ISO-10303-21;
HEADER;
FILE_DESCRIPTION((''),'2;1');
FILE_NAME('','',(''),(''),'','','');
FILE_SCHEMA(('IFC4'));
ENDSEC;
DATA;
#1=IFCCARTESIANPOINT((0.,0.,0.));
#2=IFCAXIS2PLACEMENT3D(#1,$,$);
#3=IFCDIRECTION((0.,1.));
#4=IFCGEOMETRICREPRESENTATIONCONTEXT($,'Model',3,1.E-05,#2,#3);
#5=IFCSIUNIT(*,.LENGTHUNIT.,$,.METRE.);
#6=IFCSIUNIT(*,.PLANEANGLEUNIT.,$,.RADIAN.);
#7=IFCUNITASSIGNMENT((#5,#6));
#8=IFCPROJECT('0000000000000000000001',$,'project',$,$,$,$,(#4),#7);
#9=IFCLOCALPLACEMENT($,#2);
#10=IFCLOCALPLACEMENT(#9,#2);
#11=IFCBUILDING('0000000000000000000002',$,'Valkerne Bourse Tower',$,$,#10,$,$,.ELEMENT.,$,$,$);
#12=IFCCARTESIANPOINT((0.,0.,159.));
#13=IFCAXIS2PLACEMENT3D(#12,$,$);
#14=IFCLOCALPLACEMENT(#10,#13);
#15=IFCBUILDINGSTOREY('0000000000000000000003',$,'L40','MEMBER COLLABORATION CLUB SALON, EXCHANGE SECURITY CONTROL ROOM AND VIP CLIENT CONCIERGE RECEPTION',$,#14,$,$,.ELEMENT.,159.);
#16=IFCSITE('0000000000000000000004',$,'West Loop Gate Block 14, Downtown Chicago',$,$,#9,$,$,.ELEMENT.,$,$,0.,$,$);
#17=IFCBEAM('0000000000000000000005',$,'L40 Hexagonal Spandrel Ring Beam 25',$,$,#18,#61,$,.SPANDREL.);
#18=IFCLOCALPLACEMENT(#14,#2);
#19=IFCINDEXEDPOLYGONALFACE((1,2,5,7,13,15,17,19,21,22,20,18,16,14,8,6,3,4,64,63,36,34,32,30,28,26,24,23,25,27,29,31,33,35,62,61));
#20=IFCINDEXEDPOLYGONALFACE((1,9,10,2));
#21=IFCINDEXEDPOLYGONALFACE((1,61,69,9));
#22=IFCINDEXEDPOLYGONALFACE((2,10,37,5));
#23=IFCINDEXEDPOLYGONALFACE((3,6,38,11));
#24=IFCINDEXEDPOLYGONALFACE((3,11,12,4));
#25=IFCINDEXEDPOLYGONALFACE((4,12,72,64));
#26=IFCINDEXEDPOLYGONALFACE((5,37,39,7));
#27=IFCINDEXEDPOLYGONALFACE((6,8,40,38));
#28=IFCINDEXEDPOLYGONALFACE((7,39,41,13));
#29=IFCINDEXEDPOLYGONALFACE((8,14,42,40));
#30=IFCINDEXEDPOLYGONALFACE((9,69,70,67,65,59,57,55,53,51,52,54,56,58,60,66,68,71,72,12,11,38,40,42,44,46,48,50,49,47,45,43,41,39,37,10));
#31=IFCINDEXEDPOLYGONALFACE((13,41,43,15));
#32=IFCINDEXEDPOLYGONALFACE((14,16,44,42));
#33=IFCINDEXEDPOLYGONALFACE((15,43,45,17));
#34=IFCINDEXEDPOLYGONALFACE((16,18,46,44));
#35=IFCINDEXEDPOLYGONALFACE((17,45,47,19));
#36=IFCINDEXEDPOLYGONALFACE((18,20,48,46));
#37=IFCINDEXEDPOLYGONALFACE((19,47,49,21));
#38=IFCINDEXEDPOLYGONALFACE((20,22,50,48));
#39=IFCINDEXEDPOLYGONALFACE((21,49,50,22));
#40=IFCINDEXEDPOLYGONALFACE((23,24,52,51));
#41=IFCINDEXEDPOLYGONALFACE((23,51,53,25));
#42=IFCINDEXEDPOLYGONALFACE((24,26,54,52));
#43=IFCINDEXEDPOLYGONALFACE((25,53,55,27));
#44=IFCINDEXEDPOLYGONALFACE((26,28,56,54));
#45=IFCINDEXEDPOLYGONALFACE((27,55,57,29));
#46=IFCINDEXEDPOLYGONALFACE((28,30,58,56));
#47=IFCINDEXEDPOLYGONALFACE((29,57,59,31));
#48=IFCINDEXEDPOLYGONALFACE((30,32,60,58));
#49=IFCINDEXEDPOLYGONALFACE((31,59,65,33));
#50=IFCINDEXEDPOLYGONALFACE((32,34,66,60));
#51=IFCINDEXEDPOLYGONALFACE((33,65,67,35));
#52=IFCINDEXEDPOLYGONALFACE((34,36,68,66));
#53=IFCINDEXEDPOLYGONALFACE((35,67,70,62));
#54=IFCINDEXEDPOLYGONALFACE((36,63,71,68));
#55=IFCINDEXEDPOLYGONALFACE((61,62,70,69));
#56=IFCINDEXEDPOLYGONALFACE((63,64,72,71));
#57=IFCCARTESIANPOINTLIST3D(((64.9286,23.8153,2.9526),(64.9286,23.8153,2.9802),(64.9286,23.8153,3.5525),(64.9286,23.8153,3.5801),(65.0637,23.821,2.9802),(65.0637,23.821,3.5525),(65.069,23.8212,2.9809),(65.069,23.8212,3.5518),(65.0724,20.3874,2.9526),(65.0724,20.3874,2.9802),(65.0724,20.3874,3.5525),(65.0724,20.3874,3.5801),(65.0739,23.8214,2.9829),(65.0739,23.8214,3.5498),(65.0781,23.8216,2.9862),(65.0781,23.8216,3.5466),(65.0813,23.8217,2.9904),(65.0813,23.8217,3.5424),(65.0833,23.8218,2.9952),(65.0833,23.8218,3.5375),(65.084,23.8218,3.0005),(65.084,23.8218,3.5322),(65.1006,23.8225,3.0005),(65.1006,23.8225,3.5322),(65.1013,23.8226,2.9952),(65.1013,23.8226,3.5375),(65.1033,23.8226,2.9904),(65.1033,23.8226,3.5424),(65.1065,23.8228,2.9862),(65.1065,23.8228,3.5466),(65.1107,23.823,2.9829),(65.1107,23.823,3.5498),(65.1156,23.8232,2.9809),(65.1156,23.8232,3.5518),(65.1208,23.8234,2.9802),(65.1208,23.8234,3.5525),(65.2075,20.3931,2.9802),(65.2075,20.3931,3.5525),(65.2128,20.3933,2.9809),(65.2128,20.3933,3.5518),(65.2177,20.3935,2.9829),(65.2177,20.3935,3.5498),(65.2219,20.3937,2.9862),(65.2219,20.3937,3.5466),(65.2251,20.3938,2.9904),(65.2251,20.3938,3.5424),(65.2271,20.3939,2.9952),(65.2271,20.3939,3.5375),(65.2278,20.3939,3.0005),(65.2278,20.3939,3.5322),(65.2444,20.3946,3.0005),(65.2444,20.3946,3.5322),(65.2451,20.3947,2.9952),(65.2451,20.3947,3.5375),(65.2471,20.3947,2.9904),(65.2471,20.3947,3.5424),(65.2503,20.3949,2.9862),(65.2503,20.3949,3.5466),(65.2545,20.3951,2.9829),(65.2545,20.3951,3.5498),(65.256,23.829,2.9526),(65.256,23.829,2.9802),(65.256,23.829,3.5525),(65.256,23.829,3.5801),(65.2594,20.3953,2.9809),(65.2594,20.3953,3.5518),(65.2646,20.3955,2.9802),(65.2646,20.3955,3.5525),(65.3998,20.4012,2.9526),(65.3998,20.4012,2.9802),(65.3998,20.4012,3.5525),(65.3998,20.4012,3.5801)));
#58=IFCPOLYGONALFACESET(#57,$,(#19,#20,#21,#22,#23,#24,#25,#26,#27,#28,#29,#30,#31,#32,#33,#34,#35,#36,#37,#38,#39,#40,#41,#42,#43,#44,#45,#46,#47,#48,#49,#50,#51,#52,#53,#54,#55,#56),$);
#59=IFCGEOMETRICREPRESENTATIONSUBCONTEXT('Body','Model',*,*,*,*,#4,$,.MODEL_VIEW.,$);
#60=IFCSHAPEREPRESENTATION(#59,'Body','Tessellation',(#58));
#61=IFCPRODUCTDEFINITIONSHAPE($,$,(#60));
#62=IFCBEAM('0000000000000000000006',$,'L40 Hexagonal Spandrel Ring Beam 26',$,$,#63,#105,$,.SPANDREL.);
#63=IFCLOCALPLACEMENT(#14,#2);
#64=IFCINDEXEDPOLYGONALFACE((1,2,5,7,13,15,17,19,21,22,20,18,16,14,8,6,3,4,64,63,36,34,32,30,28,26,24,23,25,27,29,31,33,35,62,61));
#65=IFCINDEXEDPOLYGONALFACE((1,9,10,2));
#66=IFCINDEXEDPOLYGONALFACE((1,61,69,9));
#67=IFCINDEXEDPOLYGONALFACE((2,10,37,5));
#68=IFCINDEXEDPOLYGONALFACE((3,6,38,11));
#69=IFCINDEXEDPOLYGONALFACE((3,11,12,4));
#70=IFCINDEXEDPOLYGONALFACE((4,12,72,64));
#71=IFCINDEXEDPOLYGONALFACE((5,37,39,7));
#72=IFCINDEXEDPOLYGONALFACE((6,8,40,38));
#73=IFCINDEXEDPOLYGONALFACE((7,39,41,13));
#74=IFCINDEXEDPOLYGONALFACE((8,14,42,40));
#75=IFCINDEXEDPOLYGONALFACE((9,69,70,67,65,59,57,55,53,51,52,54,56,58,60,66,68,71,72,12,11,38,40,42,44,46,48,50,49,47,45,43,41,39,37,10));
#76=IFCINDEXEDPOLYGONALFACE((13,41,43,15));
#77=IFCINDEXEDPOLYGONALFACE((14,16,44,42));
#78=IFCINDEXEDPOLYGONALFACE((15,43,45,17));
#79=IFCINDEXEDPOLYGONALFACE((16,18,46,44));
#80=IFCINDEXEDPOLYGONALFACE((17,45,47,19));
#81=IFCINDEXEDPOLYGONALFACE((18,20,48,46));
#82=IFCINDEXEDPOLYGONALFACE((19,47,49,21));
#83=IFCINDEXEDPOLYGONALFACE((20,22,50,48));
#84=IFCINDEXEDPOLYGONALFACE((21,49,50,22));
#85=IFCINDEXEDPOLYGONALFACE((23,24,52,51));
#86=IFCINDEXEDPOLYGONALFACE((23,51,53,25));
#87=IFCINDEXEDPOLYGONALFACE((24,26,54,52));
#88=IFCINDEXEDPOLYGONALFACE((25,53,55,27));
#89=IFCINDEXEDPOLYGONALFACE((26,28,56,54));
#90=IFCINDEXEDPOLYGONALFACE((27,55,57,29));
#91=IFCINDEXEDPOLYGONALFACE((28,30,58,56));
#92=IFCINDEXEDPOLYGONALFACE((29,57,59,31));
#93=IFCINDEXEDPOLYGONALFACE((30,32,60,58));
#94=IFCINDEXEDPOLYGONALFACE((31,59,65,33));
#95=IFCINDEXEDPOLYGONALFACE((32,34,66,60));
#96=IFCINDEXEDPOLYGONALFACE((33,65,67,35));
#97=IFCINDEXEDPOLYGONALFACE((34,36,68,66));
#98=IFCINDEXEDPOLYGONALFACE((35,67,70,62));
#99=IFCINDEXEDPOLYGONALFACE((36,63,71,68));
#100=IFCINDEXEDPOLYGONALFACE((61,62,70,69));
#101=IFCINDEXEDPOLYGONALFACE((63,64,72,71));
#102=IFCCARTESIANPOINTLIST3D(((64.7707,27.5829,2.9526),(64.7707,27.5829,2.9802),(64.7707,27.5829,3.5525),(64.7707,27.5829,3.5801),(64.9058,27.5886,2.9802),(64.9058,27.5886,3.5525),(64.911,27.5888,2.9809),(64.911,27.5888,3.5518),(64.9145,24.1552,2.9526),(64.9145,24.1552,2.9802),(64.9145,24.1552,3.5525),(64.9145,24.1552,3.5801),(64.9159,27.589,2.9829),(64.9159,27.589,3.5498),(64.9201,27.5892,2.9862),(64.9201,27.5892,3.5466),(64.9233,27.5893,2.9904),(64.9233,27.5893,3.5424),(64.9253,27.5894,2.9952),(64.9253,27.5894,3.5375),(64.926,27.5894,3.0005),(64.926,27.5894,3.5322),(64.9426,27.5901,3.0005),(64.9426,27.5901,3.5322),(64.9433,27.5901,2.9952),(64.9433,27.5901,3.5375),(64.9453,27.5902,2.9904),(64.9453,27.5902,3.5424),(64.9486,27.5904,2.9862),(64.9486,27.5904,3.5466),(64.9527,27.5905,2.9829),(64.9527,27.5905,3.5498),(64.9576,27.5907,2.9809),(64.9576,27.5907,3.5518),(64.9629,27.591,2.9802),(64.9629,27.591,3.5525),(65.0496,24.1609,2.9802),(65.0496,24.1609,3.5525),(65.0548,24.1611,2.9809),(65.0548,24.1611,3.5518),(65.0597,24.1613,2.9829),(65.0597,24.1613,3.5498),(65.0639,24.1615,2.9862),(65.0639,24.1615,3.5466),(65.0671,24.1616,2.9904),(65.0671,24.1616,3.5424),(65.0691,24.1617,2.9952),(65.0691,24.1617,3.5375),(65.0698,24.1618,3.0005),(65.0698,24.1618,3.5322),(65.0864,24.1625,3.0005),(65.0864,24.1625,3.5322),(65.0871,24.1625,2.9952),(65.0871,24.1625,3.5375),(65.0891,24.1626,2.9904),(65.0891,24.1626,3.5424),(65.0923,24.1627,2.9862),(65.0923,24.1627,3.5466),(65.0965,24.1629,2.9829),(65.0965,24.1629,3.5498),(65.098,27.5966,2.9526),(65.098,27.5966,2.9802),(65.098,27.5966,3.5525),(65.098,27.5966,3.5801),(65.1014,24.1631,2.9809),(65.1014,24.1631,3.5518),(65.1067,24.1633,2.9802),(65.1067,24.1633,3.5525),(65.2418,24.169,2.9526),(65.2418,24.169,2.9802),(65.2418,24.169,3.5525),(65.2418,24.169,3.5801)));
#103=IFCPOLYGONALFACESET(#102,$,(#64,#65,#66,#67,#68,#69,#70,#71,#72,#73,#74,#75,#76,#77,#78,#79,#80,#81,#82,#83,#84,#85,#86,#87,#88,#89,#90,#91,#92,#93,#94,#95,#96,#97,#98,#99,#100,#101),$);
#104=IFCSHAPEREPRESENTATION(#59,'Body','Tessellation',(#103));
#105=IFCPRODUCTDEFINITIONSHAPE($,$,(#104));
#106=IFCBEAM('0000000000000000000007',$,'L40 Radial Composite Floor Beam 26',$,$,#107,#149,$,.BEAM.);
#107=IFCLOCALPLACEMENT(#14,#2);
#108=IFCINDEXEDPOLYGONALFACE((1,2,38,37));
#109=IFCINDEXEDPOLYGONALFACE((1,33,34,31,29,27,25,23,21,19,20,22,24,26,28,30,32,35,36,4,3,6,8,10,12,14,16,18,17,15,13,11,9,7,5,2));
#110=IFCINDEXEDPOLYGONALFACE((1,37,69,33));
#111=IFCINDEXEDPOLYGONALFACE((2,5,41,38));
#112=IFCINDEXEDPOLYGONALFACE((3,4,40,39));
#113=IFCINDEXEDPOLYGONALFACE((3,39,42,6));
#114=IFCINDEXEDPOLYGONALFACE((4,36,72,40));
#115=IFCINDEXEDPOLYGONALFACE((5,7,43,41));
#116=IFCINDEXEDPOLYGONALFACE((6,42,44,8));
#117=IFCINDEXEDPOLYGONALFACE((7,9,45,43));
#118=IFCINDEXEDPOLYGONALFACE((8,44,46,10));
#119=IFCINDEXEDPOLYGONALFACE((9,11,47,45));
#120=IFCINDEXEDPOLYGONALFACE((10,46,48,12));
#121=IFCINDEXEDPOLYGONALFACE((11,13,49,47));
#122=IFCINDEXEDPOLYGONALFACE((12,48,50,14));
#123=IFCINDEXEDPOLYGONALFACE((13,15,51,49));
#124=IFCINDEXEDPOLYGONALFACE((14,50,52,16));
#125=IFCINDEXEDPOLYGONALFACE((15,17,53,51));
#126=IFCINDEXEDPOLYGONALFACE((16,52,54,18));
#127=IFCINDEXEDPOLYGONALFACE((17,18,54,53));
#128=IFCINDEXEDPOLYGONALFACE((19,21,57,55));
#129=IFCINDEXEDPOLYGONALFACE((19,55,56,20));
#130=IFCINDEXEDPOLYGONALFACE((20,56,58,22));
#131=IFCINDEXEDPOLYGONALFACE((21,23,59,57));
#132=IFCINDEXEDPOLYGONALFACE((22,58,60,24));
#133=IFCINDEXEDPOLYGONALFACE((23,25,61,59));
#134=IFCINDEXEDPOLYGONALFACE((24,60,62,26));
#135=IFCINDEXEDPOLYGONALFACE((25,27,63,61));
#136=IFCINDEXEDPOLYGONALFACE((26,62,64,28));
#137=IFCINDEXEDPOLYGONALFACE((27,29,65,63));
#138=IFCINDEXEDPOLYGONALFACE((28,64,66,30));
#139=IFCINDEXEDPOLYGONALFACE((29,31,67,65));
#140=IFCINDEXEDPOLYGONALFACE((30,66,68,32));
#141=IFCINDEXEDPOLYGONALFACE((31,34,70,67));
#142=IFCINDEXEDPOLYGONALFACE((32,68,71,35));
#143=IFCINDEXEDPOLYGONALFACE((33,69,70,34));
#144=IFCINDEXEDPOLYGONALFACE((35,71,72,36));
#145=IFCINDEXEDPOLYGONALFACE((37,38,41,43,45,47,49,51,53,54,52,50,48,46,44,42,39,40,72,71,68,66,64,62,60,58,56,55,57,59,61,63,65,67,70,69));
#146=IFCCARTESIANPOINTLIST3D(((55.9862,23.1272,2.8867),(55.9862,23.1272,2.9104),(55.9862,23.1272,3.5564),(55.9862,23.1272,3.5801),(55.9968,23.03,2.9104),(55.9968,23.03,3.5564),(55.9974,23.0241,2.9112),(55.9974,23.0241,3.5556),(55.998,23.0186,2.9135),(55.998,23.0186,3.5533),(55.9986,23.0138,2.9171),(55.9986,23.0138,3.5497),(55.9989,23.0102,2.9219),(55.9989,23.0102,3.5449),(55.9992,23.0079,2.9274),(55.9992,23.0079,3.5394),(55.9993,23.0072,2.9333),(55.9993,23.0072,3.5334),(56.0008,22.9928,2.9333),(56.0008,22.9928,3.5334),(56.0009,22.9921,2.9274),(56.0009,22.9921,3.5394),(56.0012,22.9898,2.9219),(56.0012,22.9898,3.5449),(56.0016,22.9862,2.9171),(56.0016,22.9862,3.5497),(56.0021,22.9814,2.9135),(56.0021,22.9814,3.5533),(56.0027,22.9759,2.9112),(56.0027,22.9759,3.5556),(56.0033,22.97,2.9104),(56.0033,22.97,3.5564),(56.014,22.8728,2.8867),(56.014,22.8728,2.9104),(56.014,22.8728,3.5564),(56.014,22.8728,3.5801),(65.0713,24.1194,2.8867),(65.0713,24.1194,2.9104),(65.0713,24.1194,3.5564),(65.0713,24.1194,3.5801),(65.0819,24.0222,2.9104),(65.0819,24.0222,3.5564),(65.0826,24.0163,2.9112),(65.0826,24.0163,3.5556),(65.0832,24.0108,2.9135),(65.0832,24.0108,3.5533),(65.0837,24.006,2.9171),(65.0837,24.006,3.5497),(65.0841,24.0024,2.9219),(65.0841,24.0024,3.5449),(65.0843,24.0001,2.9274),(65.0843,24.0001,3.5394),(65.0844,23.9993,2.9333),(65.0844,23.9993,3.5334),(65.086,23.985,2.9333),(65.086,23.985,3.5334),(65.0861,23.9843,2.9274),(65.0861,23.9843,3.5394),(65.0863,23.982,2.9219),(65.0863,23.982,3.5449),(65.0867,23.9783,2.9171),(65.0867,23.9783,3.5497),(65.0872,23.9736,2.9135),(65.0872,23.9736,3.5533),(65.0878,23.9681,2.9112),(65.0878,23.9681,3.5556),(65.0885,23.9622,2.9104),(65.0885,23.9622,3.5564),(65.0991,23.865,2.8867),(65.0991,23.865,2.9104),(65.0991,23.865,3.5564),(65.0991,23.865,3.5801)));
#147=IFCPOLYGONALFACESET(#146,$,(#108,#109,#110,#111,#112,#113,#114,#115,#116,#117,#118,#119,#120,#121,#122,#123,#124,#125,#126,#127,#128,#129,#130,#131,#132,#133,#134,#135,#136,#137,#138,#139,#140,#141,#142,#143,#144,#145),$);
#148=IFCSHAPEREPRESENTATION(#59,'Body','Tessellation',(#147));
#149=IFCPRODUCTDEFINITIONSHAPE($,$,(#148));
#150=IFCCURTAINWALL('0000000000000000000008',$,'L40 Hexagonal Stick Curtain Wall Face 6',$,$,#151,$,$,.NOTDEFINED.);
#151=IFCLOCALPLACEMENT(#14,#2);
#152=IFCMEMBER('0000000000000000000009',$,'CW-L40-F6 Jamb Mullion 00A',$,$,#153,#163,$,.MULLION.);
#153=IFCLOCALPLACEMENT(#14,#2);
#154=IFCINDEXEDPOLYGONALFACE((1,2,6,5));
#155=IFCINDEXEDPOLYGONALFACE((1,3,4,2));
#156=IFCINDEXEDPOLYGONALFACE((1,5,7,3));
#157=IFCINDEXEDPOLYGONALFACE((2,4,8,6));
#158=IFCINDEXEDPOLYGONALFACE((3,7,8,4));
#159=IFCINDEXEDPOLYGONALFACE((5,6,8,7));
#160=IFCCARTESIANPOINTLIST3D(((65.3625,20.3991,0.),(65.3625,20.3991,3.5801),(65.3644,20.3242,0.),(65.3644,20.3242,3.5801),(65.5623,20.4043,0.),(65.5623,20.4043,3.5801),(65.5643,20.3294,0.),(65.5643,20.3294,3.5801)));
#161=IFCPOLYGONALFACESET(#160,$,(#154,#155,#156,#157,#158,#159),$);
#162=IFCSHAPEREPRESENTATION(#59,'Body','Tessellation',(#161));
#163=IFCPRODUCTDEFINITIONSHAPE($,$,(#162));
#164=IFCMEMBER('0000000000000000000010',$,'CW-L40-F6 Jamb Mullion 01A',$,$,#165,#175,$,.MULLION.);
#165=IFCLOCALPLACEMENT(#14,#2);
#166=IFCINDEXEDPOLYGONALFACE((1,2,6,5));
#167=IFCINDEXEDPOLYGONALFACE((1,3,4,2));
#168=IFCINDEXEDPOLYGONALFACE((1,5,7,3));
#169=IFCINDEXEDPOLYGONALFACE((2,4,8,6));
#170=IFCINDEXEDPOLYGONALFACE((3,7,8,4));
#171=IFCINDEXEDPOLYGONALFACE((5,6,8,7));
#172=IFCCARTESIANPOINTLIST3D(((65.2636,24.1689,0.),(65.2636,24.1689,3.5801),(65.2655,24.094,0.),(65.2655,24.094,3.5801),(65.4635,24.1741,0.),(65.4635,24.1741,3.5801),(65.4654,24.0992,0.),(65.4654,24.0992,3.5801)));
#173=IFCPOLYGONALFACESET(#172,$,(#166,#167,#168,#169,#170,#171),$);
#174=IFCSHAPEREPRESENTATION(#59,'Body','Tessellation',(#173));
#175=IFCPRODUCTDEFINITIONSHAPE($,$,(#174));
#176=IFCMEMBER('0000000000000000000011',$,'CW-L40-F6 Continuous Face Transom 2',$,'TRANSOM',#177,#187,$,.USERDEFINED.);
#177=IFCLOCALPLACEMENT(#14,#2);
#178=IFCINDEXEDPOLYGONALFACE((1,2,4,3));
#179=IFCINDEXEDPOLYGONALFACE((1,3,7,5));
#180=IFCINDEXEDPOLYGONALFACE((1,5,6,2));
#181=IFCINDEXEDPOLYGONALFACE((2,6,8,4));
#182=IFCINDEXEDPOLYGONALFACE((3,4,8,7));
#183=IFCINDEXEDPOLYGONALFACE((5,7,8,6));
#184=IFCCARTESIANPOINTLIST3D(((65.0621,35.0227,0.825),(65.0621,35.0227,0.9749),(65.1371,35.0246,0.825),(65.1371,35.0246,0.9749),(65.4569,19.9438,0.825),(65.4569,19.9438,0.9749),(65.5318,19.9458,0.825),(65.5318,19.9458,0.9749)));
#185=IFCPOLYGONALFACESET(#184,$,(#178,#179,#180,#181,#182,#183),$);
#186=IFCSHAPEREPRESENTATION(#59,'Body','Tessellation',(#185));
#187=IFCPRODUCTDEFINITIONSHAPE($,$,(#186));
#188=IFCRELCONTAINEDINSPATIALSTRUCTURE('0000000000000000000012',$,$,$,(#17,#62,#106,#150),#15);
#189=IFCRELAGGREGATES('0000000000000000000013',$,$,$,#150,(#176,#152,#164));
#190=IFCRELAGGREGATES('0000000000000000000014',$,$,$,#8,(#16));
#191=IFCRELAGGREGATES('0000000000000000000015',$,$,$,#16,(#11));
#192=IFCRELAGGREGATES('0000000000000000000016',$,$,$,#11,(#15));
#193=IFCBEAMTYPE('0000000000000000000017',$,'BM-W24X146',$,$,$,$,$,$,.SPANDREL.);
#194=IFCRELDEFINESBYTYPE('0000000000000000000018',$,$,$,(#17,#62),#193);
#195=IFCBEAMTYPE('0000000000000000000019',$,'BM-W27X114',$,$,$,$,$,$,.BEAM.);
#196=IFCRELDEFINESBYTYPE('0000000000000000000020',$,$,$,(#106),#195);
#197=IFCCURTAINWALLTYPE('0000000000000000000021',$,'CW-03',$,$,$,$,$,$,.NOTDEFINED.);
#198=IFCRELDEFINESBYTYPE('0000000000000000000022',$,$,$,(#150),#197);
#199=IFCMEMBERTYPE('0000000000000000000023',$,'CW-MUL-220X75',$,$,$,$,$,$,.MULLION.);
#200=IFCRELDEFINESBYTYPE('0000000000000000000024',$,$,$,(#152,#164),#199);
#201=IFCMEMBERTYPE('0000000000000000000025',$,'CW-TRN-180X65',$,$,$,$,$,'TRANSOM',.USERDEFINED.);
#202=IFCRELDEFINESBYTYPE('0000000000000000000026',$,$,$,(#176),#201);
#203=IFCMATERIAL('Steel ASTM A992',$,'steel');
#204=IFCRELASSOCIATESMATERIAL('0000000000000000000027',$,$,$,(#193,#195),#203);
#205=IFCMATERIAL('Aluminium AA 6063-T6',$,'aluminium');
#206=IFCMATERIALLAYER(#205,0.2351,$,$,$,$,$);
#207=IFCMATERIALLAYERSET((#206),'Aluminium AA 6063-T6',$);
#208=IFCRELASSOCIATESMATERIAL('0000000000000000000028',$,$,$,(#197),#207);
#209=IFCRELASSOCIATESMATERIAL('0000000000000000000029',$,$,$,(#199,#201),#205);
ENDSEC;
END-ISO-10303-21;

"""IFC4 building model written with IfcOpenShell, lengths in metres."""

from ifc_helpers import new_model, si_unit, direction, frame, origin, origin_2d, place, context, subcontext, project, spatial, rectangle, i_section, extrude, material, layer, layer_set, material_profile, profile_set, type_object, element, aggregate, save


model = new_model("IFC4")

# Units and contexts
model_context = context("Model", 3, precision=1e-05, world=origin(), true_north=direction((0.0, 1.0)))
body_context = subcontext(model_context, "Body", "Model", "MODEL_VIEW")
ifc_project = project(units=[si_unit("LENGTHUNIT", "METRE"), si_unit("PLANEANGLEUNIT", "RADIAN")], contexts=[model_context])

# Site, building, storey
site_placement = place(None, origin())
site = spatial("IfcSite", under=ifc_project, at=site_placement, Name="West Loop Gate Block 14, Downtown Chicago", CompositionType="ELEMENT", RefElevation=0.0)
building_placement = place(site_placement, origin())
building = spatial("IfcBuilding", under=site, at=building_placement, Name="Valkerne Bourse Tower", CompositionType="ELEMENT")
storey_placement = place(building_placement, frame((0.0, 0.0, 159.0)))
storey = spatial("IfcBuildingStorey", under=building, at=storey_placement, Name="L40", Description="MEMBER COLLABORATION CLUB SALON, EXCHANGE SECURITY CONTROL ROOM AND VIP CLIENT CONCIERGE RECEPTION", CompositionType="ELEMENT", Elevation=159.0)

# Beams
ifc_material_1 = material(Name="Steel ASTM A992", Category="steel")
ifc_material_profile_1 = material_profile(ifc_material_1, i_section(OverallWidth=0.3276, OverallDepth=0.6274, WebThickness=0.0166, FlangeThickness=0.0276, FilletRadius=0.0203, at=origin_2d()), Name="W24X146")
ifc_profile_set_1 = profile_set([ifc_material_profile_1], Name="Steel ASTM A992")
beam_type_1 = type_object("IfcBeamType", Name="BM-W24X146", PredefinedType="SPANDREL", material=ifc_profile_set_1)
beam_1_placement = place(storey_placement, frame((65.2361, 20.3943, 3.2664), z_axis=(-0.041912, 0.999121, 0.0), x_axis=(-0.999121, -0.041912, 0.0)))
element("IfcBeam", 1, at=beam_1_placement, inside=storey, type_object=beam_type_1, Name="L40 Hexagonal Spandrel Ring Beam 25", PredefinedType="SPANDREL", context=body_context, shape_type="SweptSolid", body=[
    extrude(i_section(OverallWidth=0.3276, OverallDepth=0.6274, WebThickness=0.0166, FlangeThickness=0.0276, FilletRadius=0.0203, at=origin_2d()), origin(), (0.0, 0.0, 1.0), 3.4309),
])
beam_2_placement = place(storey_placement, frame((65.0781, 24.1621, 3.2664), z_axis=(-0.041915, 0.999121, 0.0), x_axis=(-0.999121, -0.041915, 0.0)))
element("IfcBeam", 2, at=beam_2_placement, inside=storey, type_object=beam_type_1, Name="L40 Hexagonal Spandrel Ring Beam 26", PredefinedType="SPANDREL", context=body_context, shape_type="SweptSolid", body=[
    extrude(i_section(OverallWidth=0.3276, OverallDepth=0.6274, WebThickness=0.0166, FlangeThickness=0.0276, FilletRadius=0.0203, at=origin_2d()), origin(), (0.0, 0.0, 1.0), 3.4307),
])
ifc_material_profile_2 = material_profile(ifc_material_1, i_section(OverallWidth=0.2559, OverallDepth=0.6934, WebThickness=0.0144, FlangeThickness=0.0237, FilletRadius=0.0229, at=origin_2d()), Name="W27X114")
ifc_profile_set_2 = profile_set([ifc_material_profile_2], Name="Steel ASTM A992")
beam_type_2 = type_object("IfcBeamType", Name="BM-W27X114", PredefinedType="BEAM", material=ifc_profile_set_2)
beam_3_placement = place(storey_placement, frame((65.0852, 23.9922, 3.2334), z_axis=(-0.994089, -0.108564, 0.0), x_axis=(0.108564, -0.994089, 0.0)))
element("IfcBeam", 3, at=beam_3_placement, inside=storey, type_object=beam_type_2, Name="L40 Radial Composite Floor Beam 26", PredefinedType="BEAM", context=body_context, shape_type="SweptSolid", body=[
    extrude(i_section(OverallWidth=0.2559, OverallDepth=0.6934, WebThickness=0.0144, FlangeThickness=0.0237, FilletRadius=0.0229, at=origin_2d()), origin(), (0.0, 0.0, 1.0), 9.1392),
])

# Curtain wall, members
ifc_material_2 = material(Name="Aluminium AA 6063-T6", Category="aluminium")
ifc_layer_1 = layer(ifc_material_2, 0.2351)
ifc_layer_set_1 = layer_set([ifc_layer_1], Name="Aluminium AA 6063-T6")
curtain_wall_type = type_object("IfcCurtainWallType", Name="CW-03", PredefinedType="NOTDEFINED", material=ifc_layer_set_1)
curtain_wall_placement = place(storey_placement, origin())
curtain_wall = element("IfcCurtainWall", 4, at=curtain_wall_placement, inside=storey, type_object=curtain_wall_type, Name="L40 Hexagonal Stick Curtain Wall Face 6", PredefinedType="NOTDEFINED")
ifc_material_profile_3 = material_profile(ifc_material_2, rectangle(XDim=0.075, YDim=0.2, at=origin_2d()), Name="CWM-75X200")
ifc_profile_set_3 = profile_set([ifc_material_profile_3], Name="Aluminium AA 6063-T6")
member_type_1 = type_object("IfcMemberType", Name="CW-MUL-220X75", PredefinedType="MULLION", material=ifc_profile_set_3)
member_1_placement = place(storey_placement, frame((65.4634, 20.3643, 0.0), z_axis=(0.0, 0.0, 1.0), x_axis=(-0.026173, 0.999657, 0.0)))
member_1 = element("IfcMember", 5, at=member_1_placement, type_object=member_type_1, Name="CW-L40-F6 Jamb Mullion 00A", PredefinedType="MULLION", context=body_context, shape_type="SweptSolid", body=[
    extrude(rectangle(XDim=0.075, YDim=0.2, at=origin_2d()), origin(), (0.0, 0.0, 1.0), 3.5801),
])
member_2_placement = place(storey_placement, frame((65.3645, 24.134, 0.0), z_axis=(0.0, 0.0, 1.0), x_axis=(-0.026173, 0.999657, 0.0)))
member_2 = element("IfcMember", 6, at=member_2_placement, type_object=member_type_1, Name="CW-L40-F6 Jamb Mullion 01A", PredefinedType="MULLION", context=body_context, shape_type="SweptSolid", body=[
    extrude(rectangle(XDim=0.075, YDim=0.2, at=origin_2d()), origin(), (0.0, 0.0, 1.0), 3.5801),
])
ifc_material_profile_4 = material_profile(ifc_material_2, rectangle(XDim=0.075, YDim=0.1499, at=origin_2d()), Name="CWT-75X150")
ifc_profile_set_4 = profile_set([ifc_material_profile_4], Name="Aluminium AA 6063-T6")
member_type_2 = type_object("IfcMemberType", Name="CW-TRN-180X65", ElementType="TRANSOM", PredefinedType="USERDEFINED", material=ifc_profile_set_4)
member_3_placement = place(storey_placement, frame((65.4944, 19.9448, 0.8999), z_axis=(-0.026172, 0.999657, 0.0), x_axis=(-0.999657, -0.026172, 0.0)))
member_3 = element("IfcMember", 7, at=member_3_placement, type_object=member_type_2, Name="CW-L40-F6 Continuous Face Transom 2", ObjectType="TRANSOM", PredefinedType="USERDEFINED", context=body_context, shape_type="SweptSolid", body=[
    extrude(rectangle(XDim=0.075, YDim=0.1499, at=origin_2d()), origin(), (0.0, 0.0, 1.0), 15.084),
])

aggregate(curtain_wall, [member_3, member_1, member_2])

save(model, "model.ifc")
